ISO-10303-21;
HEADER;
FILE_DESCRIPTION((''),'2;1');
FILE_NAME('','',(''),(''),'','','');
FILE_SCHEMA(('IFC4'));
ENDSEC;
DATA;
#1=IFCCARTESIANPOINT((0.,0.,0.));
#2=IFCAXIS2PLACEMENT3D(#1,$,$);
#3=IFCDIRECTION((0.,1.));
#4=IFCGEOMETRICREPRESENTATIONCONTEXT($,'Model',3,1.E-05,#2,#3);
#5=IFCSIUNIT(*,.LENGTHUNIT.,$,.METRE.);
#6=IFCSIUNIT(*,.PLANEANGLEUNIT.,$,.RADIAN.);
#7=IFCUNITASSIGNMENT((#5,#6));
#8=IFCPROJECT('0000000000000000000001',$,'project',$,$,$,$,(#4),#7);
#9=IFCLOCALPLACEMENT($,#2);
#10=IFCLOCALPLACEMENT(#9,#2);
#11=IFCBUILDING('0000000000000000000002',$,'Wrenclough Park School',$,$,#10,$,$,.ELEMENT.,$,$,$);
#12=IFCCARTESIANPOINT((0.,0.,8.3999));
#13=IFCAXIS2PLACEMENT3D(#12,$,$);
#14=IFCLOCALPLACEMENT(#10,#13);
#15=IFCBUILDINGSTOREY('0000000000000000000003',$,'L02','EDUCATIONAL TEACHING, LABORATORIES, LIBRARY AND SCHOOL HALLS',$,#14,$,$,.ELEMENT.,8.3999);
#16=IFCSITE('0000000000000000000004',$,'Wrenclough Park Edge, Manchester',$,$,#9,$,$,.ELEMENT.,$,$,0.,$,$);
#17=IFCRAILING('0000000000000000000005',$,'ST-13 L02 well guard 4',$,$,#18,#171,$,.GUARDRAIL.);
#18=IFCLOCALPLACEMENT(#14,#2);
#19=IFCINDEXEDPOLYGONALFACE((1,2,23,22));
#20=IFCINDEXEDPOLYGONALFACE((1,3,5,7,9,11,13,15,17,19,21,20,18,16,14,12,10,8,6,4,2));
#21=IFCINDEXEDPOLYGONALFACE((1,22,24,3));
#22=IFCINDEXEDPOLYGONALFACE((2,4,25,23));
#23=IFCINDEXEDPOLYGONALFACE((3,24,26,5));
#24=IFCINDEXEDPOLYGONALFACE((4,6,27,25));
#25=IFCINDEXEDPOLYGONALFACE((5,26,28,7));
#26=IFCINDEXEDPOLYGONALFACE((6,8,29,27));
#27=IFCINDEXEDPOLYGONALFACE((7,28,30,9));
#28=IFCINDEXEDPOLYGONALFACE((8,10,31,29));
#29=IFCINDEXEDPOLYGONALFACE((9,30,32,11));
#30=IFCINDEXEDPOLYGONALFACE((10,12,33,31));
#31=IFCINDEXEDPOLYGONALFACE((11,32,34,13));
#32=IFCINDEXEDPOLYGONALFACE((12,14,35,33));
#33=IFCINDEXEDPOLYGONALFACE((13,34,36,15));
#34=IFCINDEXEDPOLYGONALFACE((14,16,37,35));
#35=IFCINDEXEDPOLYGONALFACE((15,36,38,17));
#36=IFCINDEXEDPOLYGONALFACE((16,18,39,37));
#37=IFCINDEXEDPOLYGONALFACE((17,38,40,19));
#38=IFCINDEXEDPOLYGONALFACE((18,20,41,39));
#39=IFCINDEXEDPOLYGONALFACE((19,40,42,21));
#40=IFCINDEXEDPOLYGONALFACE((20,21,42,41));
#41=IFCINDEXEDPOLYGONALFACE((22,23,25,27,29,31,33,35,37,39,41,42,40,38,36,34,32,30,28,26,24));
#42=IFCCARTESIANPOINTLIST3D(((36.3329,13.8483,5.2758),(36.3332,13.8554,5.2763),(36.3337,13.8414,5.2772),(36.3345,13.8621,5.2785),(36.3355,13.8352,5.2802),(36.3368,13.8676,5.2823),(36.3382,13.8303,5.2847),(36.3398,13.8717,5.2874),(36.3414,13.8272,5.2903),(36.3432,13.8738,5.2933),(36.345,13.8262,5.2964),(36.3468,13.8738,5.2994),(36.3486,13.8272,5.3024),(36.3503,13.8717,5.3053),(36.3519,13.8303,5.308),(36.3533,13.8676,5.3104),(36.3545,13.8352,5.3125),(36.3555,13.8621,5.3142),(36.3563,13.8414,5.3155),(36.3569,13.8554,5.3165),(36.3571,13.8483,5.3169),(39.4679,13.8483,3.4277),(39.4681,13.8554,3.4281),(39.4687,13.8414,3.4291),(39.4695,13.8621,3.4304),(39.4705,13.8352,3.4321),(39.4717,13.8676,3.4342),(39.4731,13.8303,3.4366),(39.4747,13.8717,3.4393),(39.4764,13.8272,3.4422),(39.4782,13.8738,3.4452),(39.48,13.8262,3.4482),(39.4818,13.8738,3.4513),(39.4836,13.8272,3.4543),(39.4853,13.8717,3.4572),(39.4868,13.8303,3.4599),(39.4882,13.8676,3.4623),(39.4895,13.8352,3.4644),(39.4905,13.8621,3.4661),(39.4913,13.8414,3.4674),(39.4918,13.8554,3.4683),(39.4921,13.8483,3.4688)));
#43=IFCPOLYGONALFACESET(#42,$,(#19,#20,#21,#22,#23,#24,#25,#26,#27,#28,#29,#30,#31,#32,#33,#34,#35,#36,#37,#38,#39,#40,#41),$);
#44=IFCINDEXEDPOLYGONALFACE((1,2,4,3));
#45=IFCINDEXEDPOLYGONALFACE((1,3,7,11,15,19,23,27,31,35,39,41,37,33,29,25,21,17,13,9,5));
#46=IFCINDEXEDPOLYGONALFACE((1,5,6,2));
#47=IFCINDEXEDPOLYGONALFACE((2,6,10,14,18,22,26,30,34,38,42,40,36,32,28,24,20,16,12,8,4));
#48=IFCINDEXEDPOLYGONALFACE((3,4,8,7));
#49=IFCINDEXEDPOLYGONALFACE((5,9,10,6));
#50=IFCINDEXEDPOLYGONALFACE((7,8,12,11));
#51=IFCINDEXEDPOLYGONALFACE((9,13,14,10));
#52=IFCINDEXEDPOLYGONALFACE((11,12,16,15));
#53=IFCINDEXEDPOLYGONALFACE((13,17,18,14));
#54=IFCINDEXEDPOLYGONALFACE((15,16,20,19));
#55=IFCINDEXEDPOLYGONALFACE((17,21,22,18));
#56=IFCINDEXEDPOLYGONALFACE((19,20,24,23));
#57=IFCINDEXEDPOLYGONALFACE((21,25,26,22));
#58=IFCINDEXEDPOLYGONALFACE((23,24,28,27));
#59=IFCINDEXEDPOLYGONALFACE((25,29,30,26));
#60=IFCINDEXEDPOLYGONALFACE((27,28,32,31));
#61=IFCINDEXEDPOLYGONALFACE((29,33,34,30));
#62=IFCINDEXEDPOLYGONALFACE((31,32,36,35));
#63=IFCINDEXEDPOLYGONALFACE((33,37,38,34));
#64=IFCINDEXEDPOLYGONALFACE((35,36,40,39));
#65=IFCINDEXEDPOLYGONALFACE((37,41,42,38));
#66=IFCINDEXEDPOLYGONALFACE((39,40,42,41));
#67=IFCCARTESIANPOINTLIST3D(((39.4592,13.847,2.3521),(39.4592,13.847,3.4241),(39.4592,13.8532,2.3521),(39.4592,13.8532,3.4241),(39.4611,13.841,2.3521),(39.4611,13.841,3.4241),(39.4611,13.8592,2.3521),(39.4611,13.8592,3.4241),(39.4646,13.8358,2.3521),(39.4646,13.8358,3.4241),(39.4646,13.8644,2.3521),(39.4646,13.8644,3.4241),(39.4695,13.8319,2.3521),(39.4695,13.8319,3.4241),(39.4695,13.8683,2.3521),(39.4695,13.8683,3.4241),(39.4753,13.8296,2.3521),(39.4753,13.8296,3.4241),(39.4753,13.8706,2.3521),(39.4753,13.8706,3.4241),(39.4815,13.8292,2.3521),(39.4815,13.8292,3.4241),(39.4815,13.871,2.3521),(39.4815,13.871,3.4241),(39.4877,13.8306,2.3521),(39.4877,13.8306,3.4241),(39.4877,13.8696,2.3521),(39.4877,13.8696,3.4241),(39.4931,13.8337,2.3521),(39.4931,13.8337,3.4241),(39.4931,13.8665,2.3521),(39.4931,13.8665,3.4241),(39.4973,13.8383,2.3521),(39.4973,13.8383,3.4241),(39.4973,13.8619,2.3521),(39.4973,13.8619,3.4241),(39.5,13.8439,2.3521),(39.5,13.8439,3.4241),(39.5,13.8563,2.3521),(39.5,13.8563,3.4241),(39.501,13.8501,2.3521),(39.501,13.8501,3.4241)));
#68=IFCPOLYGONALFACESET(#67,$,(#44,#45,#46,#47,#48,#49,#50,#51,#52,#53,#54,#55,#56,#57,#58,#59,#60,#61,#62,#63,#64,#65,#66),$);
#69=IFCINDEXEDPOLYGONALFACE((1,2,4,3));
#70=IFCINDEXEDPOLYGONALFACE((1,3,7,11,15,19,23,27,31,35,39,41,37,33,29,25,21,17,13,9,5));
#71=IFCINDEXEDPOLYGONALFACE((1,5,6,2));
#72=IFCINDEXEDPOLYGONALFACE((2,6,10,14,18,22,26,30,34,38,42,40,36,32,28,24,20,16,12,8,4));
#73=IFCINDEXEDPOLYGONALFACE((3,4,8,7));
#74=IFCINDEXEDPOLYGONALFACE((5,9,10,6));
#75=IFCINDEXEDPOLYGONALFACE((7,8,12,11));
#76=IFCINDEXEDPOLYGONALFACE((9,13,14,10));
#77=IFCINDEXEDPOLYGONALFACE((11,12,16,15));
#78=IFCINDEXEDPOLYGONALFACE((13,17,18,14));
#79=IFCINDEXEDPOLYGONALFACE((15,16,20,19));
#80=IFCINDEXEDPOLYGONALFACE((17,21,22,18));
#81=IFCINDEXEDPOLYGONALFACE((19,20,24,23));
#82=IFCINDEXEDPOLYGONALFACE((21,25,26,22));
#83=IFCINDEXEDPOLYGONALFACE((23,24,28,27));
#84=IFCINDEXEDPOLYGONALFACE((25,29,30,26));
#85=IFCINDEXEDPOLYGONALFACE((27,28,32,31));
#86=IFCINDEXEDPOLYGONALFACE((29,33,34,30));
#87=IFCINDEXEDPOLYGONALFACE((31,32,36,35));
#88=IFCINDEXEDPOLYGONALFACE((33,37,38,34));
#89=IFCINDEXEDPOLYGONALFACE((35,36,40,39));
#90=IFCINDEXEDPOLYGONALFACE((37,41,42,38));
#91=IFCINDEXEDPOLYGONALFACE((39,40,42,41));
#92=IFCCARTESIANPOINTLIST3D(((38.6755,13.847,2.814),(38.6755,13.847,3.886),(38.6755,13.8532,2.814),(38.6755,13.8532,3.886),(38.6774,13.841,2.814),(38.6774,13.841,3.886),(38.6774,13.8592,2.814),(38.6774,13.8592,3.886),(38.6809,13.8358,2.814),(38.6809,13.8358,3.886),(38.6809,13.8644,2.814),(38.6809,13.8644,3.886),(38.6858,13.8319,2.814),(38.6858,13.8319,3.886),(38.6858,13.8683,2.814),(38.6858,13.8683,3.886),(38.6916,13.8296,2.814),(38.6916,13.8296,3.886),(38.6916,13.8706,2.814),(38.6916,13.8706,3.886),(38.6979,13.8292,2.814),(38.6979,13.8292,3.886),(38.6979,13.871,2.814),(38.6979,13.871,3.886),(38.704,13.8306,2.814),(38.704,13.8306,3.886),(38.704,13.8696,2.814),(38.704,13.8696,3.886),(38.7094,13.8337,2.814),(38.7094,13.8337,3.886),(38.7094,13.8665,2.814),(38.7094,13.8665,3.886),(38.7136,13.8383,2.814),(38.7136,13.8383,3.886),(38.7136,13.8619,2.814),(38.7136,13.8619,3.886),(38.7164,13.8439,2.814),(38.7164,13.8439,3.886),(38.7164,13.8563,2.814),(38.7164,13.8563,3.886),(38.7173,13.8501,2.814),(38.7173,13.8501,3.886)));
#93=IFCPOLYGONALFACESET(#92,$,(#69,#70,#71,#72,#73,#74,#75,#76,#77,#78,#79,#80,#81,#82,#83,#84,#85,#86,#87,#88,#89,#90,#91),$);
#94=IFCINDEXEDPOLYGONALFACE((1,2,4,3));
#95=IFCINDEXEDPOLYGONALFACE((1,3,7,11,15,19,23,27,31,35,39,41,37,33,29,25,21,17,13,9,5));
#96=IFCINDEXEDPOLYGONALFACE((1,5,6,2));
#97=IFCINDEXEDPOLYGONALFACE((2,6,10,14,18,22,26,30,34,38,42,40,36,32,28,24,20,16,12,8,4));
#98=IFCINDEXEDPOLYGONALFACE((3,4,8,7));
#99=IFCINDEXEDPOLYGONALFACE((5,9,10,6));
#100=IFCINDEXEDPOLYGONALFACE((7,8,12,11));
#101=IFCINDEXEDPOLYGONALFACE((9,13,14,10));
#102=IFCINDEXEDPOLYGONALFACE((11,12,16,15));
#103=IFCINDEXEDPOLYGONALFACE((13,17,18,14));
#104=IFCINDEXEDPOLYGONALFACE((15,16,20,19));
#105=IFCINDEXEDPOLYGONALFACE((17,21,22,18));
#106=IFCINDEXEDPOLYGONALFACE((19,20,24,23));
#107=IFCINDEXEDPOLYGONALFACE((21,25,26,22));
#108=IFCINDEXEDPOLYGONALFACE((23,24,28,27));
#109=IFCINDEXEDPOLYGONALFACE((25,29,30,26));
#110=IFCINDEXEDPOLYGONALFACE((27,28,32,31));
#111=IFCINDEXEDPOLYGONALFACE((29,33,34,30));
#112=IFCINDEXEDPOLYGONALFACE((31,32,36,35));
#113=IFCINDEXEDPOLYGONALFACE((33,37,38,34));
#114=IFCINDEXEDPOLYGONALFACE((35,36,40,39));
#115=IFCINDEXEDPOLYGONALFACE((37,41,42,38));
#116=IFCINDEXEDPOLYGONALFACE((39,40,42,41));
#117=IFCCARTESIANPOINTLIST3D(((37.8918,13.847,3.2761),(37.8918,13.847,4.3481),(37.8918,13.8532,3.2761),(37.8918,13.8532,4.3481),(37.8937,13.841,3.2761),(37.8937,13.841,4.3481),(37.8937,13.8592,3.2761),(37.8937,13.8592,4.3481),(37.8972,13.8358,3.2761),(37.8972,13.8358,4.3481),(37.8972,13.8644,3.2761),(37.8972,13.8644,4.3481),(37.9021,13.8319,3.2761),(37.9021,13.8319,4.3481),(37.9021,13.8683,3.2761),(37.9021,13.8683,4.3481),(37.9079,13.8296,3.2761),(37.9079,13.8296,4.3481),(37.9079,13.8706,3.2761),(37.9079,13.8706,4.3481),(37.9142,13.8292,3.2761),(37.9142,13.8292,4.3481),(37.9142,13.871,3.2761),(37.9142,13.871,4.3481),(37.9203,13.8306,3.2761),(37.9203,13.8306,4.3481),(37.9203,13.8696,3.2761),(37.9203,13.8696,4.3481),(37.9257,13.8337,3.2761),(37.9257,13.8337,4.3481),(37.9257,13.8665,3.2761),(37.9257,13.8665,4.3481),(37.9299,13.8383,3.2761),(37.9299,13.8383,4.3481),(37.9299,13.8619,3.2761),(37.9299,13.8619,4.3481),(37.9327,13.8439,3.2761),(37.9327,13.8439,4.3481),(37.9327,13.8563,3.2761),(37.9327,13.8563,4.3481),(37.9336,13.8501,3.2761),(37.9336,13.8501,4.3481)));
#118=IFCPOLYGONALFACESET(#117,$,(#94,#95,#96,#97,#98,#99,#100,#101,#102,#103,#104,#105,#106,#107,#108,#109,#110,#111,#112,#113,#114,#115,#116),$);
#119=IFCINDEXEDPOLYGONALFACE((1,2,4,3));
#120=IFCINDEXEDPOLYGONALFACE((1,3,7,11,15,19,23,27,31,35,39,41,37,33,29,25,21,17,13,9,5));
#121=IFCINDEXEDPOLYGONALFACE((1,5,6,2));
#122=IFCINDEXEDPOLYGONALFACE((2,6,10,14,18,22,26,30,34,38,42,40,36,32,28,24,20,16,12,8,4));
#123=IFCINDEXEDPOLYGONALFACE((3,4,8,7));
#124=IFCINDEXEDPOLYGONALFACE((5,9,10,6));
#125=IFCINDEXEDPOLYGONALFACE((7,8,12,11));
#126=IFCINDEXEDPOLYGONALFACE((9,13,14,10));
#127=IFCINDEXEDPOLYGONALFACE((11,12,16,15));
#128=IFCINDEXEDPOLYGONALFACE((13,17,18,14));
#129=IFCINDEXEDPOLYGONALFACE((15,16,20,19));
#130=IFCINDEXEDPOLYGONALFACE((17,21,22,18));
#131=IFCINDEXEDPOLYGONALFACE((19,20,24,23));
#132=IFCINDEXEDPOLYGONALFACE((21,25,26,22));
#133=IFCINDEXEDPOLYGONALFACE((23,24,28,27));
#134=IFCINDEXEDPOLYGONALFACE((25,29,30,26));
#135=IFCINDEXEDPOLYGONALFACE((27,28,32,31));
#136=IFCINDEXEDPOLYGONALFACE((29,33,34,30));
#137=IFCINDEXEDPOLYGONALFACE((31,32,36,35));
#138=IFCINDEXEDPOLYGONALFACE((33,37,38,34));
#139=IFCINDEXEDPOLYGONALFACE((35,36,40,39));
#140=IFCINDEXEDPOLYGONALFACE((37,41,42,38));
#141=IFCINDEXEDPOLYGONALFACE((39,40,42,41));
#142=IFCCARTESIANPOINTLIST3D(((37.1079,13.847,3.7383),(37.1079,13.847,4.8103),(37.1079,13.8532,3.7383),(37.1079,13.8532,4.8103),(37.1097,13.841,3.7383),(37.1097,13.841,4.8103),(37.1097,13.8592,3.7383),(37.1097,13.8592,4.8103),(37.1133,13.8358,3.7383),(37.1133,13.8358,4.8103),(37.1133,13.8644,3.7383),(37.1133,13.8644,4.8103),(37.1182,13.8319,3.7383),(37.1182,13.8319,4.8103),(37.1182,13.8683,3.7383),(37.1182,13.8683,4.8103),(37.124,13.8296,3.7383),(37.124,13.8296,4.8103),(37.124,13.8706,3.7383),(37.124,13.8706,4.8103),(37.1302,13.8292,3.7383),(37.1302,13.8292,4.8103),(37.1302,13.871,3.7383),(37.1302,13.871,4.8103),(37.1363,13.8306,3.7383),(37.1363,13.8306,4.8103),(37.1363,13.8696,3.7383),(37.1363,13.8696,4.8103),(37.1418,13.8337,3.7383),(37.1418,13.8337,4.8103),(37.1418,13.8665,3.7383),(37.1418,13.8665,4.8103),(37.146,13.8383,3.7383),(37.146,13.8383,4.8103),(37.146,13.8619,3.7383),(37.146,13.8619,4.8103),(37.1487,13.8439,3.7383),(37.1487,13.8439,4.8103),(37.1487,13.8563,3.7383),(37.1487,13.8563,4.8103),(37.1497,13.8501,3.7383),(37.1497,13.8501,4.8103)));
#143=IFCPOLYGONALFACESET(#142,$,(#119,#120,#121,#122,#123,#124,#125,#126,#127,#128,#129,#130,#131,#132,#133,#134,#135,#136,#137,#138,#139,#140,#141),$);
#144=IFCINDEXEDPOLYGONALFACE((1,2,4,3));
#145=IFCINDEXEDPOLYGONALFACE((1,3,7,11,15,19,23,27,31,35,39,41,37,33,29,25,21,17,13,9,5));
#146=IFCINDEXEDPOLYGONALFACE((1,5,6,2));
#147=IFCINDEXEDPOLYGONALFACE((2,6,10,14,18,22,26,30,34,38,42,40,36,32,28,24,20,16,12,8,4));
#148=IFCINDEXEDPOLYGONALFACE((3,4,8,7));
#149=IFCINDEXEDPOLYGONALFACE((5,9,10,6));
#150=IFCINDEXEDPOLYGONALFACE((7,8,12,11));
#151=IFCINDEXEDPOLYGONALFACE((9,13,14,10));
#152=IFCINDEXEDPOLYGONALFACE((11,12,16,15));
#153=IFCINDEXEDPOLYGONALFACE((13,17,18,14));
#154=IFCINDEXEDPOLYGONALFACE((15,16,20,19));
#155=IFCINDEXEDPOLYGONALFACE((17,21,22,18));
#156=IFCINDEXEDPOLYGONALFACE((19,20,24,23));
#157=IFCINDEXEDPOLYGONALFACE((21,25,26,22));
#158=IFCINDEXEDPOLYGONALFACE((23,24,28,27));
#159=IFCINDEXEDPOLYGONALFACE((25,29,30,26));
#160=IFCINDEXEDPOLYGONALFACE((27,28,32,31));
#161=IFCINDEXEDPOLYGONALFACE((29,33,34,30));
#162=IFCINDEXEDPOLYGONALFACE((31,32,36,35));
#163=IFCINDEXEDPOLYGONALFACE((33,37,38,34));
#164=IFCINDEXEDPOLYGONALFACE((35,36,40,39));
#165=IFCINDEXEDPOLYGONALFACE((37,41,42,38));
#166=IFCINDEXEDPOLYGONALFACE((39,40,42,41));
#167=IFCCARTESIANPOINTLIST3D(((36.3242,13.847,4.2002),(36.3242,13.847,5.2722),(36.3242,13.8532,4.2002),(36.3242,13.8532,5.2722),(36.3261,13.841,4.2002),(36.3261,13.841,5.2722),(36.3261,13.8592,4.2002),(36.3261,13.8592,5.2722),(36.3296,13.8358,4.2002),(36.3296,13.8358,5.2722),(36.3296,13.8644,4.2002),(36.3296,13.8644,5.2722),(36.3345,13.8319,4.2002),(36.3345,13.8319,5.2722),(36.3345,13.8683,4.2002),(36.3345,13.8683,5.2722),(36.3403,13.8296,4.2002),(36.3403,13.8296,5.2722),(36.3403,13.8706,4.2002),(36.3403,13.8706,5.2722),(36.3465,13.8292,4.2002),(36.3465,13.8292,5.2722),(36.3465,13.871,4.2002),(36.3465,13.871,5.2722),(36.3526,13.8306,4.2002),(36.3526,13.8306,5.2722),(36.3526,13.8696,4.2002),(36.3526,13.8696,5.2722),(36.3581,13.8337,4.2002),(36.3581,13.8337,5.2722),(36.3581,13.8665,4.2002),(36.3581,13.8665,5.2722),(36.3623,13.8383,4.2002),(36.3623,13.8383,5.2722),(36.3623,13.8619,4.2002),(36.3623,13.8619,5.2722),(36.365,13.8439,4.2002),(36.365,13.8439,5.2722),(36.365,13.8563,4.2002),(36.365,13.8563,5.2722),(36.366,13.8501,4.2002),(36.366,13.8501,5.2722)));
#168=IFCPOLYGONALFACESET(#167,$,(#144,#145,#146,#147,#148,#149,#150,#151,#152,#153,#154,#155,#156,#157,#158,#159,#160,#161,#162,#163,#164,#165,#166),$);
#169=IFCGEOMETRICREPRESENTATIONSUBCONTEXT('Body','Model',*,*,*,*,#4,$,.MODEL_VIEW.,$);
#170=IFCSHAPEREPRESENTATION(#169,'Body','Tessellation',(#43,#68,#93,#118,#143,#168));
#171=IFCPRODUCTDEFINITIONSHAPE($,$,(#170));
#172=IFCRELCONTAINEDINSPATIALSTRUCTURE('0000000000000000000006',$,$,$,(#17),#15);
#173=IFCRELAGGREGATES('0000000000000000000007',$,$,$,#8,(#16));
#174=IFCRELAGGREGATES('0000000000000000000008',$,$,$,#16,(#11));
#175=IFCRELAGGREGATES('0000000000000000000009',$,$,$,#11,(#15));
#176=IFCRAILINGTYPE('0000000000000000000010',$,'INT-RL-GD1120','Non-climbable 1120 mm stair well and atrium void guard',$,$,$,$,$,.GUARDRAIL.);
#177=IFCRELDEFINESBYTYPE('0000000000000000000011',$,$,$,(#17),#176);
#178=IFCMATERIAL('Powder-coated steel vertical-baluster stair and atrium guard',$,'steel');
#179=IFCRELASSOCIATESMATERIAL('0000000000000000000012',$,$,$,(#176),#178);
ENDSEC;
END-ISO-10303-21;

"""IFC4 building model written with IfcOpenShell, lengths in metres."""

from ifc_helpers import new_model, si_unit, direction, frame, origin, origin_2d, place, context, subcontext, project, spatial, circle, extrude, material, type_object, element, save


model = new_model("IFC4")

# Units and contexts
model_context = context("Model", 3, precision=1e-05, world=origin(), true_north=direction((0.0, 1.0)))
body_context = subcontext(model_context, "Body", "Model", "MODEL_VIEW")
ifc_project = project(units=[si_unit("LENGTHUNIT", "METRE"), si_unit("PLANEANGLEUNIT", "RADIAN")], contexts=[model_context])

# Site, building, storey
site_placement = place(None, origin())
site = spatial("IfcSite", under=ifc_project, at=site_placement, Name="Wrenclough Park Edge, Manchester", CompositionType="ELEMENT", RefElevation=0.0)
building_placement = place(site_placement, origin())
building = spatial("IfcBuilding", under=site, at=building_placement, Name="Wrenclough Park School", CompositionType="ELEMENT")
storey_placement = place(building_placement, frame((0.0, 0.0, 8.3999)))
storey = spatial("IfcBuildingStorey", under=building, at=storey_placement, Name="L02", Description="EDUCATIONAL TEACHING, LABORATORIES, LIBRARY AND SCHOOL HALLS", CompositionType="ELEMENT", Elevation=8.3999)

# Railing
ifc_material_1 = material(Name="Powder-coated steel vertical-baluster stair and atrium guard", Category="steel")
railing_type_1 = type_object("IfcRailingType", Name="INT-RL-GD1120", Description="Non-climbable 1120 mm stair well and atrium void guard", PredefinedType="GUARDRAIL", material=ifc_material_1)
railing_1_placement = place(storey_placement, frame((39.48, 13.8501, 2.3521)))
element("IfcRailing", 1, at=railing_1_placement, inside=storey, type_object=railing_type_1, Name="ST-13 L02 well guard 4", PredefinedType="GUARDRAIL", context=body_context, shape_type="SweptSolid", body=[
    extrude(circle(Radius=0.0239, at=origin_2d()), frame((0.0, 0.0, 1.0962), z_axis=(-0.861451, 0.0, 0.507841), x_axis=(0.0, -1.0, 0.0)), (0.0, 0.0, 1.0), 3.6392),
    extrude(circle(Radius=0.021, at=origin_2d()), origin(), (0.0, 0.0, 1.0), 1.072),
    extrude(circle(Radius=0.021, at=origin_2d()), frame((-0.7837, 0.0, 0.4619)), (0.0, 0.0, 1.0), 1.072),
    extrude(circle(Radius=0.021, at=origin_2d()), frame((-1.5674, 0.0, 0.9241)), (0.0, 0.0, 1.0), 1.072),
    extrude(circle(Radius=0.021, at=origin_2d()), frame((-2.3513, 0.0, 1.3862)), (0.0, 0.0, 1.0), 1.072),
    extrude(circle(Radius=0.021, at=origin_2d()), frame((-3.135, 0.0, 1.8481)), (0.0, 0.0, 1.0), 1.072),
])

save(model, "model.ifc")
